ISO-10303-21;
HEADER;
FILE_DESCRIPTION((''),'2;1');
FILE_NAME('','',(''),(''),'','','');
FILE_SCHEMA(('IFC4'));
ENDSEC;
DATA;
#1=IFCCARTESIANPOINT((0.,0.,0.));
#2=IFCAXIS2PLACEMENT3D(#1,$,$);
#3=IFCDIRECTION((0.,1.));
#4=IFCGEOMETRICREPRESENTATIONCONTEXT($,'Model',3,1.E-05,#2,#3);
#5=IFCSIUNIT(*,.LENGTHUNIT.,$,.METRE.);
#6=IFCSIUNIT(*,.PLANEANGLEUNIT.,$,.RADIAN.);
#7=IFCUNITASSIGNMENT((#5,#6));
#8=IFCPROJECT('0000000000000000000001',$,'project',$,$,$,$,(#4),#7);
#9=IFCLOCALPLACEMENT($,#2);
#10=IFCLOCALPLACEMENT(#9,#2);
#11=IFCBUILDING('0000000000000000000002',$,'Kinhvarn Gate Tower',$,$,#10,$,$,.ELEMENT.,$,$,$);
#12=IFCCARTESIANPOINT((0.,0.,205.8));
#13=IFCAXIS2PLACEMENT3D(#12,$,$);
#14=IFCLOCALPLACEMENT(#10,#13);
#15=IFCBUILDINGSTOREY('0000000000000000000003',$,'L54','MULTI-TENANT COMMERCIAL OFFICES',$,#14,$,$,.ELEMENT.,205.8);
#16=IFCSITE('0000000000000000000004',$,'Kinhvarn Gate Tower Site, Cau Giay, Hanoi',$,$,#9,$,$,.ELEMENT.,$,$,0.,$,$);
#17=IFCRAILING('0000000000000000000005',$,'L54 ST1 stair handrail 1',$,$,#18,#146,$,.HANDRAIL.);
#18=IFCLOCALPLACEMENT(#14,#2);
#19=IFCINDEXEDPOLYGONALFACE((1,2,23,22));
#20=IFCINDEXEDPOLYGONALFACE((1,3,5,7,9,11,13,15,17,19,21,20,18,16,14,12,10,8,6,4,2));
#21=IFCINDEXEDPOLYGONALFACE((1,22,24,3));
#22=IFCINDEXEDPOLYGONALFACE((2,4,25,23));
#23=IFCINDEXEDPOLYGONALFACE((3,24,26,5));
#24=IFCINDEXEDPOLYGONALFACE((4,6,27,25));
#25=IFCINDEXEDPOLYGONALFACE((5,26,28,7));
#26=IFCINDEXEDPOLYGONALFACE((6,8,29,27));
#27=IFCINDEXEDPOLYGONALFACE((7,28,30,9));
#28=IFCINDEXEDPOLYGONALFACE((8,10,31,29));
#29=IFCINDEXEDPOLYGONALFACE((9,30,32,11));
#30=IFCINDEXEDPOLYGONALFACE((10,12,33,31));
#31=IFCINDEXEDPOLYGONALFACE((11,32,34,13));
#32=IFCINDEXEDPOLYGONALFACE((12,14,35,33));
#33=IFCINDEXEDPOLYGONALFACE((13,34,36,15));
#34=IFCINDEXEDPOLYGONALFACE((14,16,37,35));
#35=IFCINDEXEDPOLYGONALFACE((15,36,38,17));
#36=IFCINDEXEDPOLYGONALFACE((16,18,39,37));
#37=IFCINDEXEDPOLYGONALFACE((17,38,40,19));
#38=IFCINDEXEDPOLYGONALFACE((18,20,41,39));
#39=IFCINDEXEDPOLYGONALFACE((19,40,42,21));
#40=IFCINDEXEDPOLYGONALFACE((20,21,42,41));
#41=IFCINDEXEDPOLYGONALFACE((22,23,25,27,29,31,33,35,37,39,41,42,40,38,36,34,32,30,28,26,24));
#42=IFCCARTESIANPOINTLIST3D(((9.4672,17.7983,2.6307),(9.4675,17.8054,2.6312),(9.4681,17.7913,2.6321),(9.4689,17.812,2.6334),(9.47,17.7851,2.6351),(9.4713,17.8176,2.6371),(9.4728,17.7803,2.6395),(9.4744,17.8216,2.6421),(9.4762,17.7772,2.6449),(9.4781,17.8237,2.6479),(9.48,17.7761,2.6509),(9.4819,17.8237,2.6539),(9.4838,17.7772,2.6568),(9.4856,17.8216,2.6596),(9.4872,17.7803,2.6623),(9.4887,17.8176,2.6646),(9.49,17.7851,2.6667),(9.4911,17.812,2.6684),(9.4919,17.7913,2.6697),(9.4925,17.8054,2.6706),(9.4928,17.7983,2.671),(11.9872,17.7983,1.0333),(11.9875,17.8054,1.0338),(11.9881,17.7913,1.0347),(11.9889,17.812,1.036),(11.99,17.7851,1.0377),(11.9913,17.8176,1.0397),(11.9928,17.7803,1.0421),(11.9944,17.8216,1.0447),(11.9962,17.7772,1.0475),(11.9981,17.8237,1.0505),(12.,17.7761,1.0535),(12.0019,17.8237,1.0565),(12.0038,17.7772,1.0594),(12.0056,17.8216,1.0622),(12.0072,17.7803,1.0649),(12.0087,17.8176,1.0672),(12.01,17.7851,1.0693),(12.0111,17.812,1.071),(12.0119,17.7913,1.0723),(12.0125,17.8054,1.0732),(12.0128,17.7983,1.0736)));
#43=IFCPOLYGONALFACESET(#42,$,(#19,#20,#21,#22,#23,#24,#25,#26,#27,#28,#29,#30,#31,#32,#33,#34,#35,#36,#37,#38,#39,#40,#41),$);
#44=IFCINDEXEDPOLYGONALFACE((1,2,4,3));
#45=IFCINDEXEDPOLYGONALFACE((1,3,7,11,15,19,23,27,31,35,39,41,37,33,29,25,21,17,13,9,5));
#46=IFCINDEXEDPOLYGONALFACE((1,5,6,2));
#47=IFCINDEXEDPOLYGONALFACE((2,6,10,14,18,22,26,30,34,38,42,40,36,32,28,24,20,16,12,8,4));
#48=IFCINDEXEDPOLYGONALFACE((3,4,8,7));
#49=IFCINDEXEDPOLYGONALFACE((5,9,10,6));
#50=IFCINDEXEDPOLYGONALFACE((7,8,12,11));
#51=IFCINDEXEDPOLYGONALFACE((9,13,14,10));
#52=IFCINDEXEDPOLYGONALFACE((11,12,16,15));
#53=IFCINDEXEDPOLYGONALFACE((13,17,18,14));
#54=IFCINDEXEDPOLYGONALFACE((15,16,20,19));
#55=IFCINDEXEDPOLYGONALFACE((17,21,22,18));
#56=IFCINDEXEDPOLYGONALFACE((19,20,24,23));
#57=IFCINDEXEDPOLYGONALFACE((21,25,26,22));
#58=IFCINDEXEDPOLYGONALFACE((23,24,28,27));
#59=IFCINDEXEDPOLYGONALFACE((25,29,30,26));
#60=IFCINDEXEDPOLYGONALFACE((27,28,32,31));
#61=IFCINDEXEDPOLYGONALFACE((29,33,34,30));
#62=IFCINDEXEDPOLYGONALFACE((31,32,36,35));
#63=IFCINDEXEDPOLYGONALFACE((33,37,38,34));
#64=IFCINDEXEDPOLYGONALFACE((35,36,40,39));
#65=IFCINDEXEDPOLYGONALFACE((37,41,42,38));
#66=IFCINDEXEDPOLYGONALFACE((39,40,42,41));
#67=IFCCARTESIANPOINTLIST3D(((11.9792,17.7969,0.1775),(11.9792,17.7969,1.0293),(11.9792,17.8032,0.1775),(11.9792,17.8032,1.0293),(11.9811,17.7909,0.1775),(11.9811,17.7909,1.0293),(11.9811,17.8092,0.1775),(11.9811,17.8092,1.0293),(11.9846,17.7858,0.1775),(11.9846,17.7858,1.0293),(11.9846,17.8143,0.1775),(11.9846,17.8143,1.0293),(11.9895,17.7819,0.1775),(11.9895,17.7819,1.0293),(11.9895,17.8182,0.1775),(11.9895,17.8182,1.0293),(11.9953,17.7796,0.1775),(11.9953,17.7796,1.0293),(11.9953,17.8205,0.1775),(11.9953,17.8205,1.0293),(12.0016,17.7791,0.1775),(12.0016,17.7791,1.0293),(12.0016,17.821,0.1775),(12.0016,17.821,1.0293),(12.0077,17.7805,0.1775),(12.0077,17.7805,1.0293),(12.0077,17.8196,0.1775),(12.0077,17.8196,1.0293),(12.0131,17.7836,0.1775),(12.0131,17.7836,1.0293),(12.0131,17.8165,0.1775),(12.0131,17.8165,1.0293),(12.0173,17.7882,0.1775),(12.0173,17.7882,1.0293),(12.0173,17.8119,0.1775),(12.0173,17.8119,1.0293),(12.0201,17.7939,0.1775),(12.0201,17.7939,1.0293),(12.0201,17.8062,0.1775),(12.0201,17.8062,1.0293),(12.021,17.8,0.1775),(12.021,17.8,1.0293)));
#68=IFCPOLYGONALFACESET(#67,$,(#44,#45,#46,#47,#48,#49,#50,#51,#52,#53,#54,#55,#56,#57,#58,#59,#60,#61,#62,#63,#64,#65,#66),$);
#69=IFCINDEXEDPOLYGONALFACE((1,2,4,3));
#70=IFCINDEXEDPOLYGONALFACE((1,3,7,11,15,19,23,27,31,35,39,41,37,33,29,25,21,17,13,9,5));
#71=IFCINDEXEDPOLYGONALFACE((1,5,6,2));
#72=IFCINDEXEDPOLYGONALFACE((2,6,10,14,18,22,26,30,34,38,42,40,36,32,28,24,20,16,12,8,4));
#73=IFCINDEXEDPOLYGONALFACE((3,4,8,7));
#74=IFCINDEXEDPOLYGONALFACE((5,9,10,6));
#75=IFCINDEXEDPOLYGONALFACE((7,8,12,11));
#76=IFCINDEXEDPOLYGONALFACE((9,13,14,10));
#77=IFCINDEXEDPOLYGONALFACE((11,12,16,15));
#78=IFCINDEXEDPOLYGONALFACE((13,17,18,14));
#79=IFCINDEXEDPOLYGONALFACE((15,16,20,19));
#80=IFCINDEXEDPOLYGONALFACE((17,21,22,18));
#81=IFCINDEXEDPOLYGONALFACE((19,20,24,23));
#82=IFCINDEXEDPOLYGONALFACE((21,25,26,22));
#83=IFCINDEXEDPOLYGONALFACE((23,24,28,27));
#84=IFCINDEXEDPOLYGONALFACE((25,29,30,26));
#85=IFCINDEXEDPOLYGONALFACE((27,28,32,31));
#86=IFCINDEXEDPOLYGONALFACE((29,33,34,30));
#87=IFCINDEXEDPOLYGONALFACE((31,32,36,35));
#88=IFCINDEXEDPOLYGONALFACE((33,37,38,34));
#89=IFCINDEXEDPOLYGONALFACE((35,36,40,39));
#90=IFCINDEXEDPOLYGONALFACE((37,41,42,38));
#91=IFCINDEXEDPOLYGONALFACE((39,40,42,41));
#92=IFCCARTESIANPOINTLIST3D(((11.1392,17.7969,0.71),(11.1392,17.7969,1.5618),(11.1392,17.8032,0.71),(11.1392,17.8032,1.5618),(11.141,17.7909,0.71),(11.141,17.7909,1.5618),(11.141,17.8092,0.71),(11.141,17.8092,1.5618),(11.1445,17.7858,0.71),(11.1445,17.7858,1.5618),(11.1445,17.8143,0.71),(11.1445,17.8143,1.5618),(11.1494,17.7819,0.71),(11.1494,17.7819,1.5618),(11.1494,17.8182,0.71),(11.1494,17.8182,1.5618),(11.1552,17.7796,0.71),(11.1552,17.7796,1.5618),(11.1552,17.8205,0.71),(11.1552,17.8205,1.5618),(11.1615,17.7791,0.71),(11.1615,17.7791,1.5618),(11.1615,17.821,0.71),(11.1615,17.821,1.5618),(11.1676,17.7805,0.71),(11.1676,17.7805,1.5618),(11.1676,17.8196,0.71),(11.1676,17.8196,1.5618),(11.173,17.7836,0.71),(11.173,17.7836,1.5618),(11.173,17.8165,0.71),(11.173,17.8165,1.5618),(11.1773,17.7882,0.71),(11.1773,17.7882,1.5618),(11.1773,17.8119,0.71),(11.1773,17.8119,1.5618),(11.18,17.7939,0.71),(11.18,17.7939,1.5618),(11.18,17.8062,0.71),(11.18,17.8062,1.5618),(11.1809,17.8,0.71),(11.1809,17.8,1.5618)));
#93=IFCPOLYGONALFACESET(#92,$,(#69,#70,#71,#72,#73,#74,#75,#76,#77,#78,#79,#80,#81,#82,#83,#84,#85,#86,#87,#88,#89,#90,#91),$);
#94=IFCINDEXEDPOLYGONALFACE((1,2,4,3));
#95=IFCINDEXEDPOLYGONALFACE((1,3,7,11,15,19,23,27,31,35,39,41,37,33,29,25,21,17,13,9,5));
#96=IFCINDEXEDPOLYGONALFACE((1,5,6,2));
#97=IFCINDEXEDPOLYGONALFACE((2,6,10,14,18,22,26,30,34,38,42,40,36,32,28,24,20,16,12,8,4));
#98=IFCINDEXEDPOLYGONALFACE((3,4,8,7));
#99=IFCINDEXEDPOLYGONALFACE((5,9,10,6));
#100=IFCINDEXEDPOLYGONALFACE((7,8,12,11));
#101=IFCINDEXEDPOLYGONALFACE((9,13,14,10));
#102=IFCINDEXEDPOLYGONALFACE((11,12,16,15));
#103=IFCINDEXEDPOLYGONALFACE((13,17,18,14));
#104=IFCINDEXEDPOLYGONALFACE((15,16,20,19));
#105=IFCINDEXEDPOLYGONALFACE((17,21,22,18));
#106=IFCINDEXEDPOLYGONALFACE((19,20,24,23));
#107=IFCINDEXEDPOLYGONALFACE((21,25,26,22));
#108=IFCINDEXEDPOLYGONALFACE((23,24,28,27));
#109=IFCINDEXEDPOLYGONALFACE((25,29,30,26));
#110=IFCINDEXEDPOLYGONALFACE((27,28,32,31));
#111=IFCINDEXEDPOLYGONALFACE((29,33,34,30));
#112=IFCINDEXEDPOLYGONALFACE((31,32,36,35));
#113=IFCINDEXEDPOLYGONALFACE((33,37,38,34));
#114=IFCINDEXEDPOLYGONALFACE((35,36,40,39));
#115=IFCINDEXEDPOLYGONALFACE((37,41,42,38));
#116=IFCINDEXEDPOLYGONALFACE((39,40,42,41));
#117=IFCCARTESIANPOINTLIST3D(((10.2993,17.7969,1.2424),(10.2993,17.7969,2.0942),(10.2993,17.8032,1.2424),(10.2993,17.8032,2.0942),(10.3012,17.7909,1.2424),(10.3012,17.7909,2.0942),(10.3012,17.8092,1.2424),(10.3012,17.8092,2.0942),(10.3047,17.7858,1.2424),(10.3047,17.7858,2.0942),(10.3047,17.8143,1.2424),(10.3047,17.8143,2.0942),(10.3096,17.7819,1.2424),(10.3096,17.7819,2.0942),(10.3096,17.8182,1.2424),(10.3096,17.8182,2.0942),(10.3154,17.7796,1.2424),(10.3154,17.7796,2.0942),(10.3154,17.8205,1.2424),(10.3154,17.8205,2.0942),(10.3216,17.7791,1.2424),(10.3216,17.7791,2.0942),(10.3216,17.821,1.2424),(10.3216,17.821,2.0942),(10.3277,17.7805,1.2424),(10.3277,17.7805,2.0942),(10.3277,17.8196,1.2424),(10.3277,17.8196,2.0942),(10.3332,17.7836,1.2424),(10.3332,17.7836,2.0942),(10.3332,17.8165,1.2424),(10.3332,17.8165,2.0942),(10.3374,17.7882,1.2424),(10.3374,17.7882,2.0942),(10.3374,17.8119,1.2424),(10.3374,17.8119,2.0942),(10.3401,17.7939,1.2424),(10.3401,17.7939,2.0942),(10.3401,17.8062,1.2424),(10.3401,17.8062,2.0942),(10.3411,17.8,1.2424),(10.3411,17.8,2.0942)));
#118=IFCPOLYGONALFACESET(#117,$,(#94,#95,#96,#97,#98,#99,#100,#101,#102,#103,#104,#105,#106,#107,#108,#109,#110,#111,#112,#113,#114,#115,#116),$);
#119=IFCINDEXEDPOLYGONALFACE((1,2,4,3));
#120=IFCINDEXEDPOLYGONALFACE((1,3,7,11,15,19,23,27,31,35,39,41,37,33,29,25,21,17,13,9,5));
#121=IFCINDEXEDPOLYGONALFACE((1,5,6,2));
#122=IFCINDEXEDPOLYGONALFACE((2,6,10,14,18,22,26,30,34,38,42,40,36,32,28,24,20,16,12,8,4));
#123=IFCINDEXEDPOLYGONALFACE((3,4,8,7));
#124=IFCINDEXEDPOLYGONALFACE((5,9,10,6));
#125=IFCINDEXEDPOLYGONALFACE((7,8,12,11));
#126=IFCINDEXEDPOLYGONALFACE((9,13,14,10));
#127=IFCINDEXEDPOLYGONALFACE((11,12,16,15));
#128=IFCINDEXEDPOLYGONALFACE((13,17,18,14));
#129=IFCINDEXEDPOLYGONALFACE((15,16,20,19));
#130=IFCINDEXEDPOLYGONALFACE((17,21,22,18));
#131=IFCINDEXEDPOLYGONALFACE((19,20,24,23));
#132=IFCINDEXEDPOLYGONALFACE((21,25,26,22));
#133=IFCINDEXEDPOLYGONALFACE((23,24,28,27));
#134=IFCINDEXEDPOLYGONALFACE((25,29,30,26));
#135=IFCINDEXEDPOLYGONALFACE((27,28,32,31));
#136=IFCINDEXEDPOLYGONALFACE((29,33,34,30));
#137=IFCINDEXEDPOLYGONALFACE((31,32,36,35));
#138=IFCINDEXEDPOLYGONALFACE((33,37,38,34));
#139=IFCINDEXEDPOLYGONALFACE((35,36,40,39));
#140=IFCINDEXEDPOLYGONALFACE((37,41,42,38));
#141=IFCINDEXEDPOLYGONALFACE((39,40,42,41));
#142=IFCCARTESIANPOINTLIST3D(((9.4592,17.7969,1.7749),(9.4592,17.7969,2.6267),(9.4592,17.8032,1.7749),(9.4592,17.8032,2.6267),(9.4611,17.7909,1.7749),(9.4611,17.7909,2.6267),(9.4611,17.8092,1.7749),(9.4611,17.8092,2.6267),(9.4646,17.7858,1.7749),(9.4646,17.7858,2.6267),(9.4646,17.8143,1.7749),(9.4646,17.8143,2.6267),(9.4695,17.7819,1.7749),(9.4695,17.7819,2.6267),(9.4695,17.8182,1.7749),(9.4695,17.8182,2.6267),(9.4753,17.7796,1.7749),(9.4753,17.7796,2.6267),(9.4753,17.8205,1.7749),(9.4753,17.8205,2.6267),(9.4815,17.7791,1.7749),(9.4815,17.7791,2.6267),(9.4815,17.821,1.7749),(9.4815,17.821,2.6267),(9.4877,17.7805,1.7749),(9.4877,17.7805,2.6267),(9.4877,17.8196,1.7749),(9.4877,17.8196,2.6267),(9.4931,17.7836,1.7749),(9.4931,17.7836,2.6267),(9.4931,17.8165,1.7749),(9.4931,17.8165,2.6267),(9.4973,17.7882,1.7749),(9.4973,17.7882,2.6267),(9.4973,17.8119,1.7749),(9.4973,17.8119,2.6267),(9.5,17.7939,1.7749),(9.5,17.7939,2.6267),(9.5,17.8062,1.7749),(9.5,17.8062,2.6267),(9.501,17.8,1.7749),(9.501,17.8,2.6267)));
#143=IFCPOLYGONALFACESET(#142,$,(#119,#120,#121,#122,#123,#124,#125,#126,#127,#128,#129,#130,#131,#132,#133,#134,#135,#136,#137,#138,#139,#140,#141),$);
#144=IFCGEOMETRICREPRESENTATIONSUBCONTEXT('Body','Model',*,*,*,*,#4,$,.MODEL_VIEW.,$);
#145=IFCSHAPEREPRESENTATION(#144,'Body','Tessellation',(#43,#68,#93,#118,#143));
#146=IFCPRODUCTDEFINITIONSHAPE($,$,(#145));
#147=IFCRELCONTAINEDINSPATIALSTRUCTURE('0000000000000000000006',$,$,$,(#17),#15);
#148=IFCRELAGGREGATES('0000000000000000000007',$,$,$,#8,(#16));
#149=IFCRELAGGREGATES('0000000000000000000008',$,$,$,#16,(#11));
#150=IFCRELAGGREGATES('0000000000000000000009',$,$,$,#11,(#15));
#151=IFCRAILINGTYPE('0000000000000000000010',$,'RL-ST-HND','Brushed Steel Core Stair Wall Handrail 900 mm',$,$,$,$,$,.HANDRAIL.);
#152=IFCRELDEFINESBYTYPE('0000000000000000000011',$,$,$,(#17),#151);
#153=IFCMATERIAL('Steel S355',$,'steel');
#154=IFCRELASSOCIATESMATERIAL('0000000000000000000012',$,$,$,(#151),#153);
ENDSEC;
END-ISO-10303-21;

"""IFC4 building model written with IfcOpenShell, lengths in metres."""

from ifc_helpers import new_model, si_unit, direction, frame, origin, origin_2d, place, context, subcontext, project, spatial, circle, extrude, material, type_object, element, save


model = new_model("IFC4")

# Units and contexts
model_context = context("Model", 3, precision=1e-05, world=origin(), true_north=direction((0.0, 1.0)))
body_context = subcontext(model_context, "Body", "Model", "MODEL_VIEW")
ifc_project = project(units=[si_unit("LENGTHUNIT", "METRE"), si_unit("PLANEANGLEUNIT", "RADIAN")], contexts=[model_context])

# Site, building, storey
site_placement = place(None, origin())
site = spatial("IfcSite", under=ifc_project, at=site_placement, Name="Kinhvarn Gate Tower Site, Cau Giay, Hanoi", CompositionType="ELEMENT", RefElevation=0.0)
building_placement = place(site_placement, origin())
building = spatial("IfcBuilding", under=site, at=building_placement, Name="Kinhvarn Gate Tower", CompositionType="ELEMENT")
storey_placement = place(building_placement, frame((0.0, 0.0, 205.8)))
storey = spatial("IfcBuildingStorey", under=building, at=storey_placement, Name="L54", Description="MULTI-TENANT COMMERCIAL OFFICES", CompositionType="ELEMENT", Elevation=205.8)

# Shared definitions
ifc_material_1 = material(Name="Steel S355", Category="steel")

# Railing
railing_type_1 = type_object("IfcRailingType", Name="RL-ST-HND", Description="Brushed Steel Core Stair Wall Handrail 900 mm", PredefinedType="HANDRAIL", material=ifc_material_1)
railing_1_placement = place(storey_placement, frame((12.0, 17.8, 0.1775)))
element("IfcRailing", 1, at=railing_1_placement, inside=storey, type_object=railing_type_1, Name="L54 ST1 stair handrail 1", PredefinedType="HANDRAIL", context=body_context, shape_type="SweptSolid", body=[
    extrude(circle(Radius=0.0239, at=origin_2d()), frame((0.0, 0.0, 0.876), z_axis=(-0.844607, 0.0, 0.535387), x_axis=(0.0, -1.0, 0.0)), (0.0, 0.0, 1.0), 2.9836),
    extrude(circle(Radius=0.021, at=origin_2d()), origin(), (0.0, 0.0, 1.0), 0.8518),
    extrude(circle(Radius=0.021, at=origin_2d()), frame((-0.8401, 0.0, 0.5325)), (0.0, 0.0, 1.0), 0.8518),
    extrude(circle(Radius=0.021, at=origin_2d()), frame((-1.6799, 0.0, 1.0649)), (0.0, 0.0, 1.0), 0.8518),
    extrude(circle(Radius=0.021, at=origin_2d()), frame((-2.52, 0.0, 1.5974)), (0.0, 0.0, 1.0), 0.8518),
])

save(model, "model.ifc")
